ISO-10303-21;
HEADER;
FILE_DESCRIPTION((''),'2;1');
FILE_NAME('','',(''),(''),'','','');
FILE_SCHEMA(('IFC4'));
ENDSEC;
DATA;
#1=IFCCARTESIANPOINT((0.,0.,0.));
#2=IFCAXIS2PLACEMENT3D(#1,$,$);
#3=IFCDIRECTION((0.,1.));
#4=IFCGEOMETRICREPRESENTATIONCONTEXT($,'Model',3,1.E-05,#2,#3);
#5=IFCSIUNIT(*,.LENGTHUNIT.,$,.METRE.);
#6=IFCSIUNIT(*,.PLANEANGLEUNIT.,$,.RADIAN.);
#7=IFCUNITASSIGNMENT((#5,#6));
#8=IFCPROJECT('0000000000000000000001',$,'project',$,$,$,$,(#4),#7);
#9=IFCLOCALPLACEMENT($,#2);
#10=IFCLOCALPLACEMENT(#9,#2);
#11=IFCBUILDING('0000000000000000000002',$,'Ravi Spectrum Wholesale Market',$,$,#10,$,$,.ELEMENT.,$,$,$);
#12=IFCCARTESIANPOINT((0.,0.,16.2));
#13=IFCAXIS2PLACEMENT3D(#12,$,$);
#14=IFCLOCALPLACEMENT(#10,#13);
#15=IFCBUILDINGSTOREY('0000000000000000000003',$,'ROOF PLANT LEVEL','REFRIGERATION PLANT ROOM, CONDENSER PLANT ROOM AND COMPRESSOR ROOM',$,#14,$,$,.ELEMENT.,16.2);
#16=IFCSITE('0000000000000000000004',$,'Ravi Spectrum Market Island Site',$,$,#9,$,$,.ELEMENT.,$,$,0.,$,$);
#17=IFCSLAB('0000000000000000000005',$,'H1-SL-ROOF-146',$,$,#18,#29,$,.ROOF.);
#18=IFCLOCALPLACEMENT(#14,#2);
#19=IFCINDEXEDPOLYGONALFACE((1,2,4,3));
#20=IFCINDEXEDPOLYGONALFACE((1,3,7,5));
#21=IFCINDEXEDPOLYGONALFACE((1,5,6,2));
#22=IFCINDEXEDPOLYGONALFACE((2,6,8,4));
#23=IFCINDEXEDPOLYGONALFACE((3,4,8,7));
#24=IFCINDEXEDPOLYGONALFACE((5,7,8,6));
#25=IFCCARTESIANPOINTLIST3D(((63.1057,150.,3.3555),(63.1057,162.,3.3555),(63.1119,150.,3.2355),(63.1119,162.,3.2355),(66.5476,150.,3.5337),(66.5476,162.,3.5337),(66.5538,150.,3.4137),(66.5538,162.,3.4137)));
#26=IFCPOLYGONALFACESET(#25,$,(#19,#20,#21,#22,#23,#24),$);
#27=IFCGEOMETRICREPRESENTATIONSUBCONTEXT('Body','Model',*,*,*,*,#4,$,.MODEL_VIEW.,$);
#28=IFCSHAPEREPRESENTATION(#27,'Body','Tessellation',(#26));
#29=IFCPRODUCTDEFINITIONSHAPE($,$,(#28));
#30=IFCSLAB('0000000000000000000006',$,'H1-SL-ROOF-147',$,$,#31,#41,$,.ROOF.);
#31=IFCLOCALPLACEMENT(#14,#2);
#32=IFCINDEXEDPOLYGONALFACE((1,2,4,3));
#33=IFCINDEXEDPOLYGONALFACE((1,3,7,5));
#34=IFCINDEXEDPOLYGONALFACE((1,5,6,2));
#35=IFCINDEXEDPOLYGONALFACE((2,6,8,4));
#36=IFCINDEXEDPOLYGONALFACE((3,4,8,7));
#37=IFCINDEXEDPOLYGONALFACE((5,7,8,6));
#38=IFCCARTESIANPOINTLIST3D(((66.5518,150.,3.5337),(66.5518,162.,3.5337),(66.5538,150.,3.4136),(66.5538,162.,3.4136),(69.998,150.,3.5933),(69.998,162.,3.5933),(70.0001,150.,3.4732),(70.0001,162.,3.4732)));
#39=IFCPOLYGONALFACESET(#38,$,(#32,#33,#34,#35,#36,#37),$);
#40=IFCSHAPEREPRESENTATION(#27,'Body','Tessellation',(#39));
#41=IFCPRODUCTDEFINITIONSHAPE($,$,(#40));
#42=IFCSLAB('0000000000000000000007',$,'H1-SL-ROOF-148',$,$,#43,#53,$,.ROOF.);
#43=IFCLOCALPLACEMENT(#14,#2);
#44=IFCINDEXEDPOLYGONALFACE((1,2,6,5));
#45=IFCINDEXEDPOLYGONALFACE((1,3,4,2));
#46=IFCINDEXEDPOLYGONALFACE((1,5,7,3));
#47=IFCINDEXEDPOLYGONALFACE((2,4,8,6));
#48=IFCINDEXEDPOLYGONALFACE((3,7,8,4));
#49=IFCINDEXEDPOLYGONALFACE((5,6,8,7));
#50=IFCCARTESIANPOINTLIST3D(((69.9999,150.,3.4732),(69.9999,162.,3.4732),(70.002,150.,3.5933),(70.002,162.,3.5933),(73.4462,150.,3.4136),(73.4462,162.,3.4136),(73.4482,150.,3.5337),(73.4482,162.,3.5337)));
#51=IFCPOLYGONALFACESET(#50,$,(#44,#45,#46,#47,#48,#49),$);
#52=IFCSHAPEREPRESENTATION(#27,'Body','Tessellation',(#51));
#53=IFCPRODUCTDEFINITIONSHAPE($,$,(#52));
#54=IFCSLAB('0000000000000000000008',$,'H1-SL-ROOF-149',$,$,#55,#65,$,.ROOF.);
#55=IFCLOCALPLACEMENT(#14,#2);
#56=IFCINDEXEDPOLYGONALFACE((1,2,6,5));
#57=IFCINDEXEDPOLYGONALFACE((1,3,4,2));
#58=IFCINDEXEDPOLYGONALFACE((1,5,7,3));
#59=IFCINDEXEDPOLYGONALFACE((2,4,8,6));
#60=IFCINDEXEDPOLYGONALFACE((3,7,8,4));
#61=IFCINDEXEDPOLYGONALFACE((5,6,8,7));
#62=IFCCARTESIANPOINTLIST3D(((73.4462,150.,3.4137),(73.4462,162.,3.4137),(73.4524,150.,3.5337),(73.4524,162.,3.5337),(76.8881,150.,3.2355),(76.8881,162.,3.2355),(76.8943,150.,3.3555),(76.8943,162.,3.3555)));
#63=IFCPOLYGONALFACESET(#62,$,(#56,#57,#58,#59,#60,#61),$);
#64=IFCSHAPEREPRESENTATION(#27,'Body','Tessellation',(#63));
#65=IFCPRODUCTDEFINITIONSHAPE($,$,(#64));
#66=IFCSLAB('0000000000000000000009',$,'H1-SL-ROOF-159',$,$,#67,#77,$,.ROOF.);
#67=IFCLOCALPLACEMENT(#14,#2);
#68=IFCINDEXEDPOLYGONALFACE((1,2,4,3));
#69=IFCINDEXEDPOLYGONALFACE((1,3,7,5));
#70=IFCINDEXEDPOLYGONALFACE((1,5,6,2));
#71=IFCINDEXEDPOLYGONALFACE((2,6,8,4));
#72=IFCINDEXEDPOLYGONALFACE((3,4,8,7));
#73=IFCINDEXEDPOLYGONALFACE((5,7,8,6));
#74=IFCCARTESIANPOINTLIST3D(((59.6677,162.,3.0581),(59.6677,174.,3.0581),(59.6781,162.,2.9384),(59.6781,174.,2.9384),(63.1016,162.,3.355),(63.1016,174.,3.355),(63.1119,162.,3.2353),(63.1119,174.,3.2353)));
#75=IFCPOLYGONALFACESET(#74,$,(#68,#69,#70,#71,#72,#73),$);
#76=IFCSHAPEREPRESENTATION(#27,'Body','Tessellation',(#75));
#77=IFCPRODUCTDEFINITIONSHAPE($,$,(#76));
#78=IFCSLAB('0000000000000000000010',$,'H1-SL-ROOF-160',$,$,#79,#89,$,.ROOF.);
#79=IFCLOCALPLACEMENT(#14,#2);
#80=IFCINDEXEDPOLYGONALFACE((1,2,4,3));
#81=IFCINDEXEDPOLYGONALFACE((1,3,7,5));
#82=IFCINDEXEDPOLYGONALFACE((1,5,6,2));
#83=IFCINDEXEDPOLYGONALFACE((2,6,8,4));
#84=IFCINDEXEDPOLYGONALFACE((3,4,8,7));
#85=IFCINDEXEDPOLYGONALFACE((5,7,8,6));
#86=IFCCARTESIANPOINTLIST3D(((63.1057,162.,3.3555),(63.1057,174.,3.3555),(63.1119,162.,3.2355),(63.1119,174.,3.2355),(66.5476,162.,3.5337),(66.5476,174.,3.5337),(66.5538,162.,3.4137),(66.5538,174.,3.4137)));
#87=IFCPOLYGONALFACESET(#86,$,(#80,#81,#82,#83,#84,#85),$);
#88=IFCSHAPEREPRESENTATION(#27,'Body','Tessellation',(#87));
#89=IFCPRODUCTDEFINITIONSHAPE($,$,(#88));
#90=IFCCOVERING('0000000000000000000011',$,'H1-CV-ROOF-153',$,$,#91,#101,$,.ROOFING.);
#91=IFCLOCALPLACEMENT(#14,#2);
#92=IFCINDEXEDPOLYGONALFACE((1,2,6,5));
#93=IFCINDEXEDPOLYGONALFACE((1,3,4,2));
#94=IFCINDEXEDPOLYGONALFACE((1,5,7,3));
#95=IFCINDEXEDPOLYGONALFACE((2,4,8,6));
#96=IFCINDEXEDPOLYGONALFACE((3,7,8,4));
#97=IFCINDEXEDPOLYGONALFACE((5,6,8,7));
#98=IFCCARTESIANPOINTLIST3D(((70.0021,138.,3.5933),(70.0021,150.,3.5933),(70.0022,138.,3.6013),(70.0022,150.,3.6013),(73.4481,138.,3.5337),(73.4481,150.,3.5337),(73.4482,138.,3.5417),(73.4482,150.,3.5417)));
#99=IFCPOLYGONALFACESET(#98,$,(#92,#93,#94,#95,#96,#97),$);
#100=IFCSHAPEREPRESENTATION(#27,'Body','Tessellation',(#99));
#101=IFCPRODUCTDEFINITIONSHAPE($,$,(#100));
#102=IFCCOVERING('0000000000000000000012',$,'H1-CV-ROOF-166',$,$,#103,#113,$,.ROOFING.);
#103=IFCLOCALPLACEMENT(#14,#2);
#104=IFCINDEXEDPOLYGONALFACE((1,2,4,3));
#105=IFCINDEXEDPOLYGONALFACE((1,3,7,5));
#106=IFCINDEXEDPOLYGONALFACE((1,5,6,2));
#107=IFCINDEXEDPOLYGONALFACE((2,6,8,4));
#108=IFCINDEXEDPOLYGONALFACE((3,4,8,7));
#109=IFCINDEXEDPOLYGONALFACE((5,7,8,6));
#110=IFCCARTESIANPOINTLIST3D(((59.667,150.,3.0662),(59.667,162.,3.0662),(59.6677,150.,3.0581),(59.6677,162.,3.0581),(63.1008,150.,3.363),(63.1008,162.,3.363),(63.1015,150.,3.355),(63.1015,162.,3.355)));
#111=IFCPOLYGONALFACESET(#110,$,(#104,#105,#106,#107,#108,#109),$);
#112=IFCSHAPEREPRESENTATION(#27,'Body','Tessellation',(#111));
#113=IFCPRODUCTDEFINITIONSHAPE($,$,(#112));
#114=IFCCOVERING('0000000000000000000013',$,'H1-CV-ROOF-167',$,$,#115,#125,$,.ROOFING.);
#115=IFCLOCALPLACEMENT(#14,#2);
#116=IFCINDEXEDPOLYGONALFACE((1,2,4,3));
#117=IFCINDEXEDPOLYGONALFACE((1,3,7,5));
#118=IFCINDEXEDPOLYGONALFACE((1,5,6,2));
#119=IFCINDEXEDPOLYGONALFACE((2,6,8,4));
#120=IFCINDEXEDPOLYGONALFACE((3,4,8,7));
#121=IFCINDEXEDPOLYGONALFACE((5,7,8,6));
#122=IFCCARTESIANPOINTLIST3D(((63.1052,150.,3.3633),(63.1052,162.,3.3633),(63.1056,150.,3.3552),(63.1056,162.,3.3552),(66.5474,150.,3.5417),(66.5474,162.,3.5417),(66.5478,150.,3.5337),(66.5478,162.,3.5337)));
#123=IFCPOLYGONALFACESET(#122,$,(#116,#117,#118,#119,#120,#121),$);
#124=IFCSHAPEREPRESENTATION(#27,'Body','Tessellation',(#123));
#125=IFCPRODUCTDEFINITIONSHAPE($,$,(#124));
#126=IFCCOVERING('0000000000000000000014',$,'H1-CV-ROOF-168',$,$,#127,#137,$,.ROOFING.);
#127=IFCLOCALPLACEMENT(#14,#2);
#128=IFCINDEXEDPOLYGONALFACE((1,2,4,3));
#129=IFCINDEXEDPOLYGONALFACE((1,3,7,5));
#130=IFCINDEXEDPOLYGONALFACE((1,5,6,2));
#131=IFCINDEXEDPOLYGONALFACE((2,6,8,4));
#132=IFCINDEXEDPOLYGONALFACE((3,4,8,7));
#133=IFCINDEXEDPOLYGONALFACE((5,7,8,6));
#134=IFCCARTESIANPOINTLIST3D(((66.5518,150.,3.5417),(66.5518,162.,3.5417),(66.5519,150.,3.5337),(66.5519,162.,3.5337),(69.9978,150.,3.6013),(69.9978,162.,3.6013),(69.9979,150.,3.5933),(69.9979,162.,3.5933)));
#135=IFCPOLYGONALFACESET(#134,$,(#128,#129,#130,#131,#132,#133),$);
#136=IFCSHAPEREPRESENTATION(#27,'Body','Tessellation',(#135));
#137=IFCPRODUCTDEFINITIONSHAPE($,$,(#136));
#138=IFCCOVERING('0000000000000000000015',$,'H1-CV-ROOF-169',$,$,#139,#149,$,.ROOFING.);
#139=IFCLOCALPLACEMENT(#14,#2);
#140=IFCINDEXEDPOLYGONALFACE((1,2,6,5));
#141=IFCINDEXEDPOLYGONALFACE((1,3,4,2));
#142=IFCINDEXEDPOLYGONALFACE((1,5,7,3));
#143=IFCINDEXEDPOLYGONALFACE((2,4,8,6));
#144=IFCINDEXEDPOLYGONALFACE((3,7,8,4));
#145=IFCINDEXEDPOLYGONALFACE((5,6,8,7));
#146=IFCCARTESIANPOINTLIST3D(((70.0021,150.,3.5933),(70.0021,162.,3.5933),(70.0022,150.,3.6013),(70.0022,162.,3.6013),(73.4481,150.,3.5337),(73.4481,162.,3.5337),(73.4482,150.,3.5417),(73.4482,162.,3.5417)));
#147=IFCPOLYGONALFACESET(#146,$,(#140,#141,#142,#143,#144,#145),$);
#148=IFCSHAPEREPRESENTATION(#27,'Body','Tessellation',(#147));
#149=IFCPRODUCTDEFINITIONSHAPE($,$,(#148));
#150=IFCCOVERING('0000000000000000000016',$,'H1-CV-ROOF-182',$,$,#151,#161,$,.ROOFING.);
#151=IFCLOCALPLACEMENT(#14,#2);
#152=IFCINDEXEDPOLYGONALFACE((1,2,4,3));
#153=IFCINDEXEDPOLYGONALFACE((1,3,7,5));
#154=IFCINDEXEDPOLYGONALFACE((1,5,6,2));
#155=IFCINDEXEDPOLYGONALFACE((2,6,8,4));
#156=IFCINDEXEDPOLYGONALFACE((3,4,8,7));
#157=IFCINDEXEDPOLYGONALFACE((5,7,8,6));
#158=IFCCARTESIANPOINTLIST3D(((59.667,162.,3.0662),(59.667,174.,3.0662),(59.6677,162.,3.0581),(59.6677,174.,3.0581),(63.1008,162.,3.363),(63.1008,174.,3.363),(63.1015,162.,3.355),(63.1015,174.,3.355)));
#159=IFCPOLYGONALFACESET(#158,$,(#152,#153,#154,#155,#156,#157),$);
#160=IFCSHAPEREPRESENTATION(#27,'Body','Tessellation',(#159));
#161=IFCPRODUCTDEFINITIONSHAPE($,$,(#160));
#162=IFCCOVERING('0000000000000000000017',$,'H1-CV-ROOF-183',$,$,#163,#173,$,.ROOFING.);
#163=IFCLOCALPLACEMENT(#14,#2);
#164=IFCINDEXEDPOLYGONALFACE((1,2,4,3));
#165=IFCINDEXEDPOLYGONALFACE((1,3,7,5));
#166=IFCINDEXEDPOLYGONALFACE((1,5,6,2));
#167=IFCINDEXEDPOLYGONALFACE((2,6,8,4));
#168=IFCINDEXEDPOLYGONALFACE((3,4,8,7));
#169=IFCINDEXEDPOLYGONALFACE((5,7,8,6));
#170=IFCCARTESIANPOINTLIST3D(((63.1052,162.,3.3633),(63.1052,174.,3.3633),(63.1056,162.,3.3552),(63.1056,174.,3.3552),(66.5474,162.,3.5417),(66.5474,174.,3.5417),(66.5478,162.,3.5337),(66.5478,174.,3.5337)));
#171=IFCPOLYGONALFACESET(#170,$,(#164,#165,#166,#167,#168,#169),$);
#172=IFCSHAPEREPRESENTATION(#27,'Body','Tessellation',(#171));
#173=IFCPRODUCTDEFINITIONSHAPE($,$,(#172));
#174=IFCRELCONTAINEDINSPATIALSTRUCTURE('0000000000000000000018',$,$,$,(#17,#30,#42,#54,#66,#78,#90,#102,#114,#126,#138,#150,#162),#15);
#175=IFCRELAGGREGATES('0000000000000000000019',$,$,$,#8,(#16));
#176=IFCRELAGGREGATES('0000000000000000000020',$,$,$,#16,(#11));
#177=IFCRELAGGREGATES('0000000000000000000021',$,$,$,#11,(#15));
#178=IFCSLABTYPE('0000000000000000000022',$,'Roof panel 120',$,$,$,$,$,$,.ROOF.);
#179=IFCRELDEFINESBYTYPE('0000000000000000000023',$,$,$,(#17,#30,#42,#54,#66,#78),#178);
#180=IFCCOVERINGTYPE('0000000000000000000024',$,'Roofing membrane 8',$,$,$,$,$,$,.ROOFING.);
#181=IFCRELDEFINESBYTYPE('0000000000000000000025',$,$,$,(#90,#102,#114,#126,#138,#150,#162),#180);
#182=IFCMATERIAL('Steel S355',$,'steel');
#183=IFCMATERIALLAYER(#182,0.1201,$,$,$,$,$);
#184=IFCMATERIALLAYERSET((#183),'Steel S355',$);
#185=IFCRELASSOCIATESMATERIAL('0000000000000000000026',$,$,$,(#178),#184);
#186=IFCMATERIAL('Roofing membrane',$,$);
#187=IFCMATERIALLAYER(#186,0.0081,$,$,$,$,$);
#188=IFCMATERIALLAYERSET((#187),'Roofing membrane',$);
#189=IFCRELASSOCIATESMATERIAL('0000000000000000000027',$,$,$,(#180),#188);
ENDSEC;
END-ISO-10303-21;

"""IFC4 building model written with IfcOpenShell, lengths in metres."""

from ifc_helpers import new_model, si_unit, direction, frame, origin, place, context, subcontext, project, spatial, polyline, outline, extrude, material, layer, layer_set, type_object, element, save


model = new_model("IFC4")

# Units and contexts
model_context = context("Model", 3, precision=1e-05, world=origin(), true_north=direction((0.0, 1.0)))
body_context = subcontext(model_context, "Body", "Model", "MODEL_VIEW")
ifc_project = project(units=[si_unit("LENGTHUNIT", "METRE"), si_unit("PLANEANGLEUNIT", "RADIAN")], contexts=[model_context])

# Site, building, storey
site_placement = place(None, origin())
site = spatial("IfcSite", under=ifc_project, at=site_placement, Name="Ravi Spectrum Market Island Site", CompositionType="ELEMENT", RefElevation=0.0)
building_placement = place(site_placement, origin())
building = spatial("IfcBuilding", under=site, at=building_placement, Name="Ravi Spectrum Wholesale Market", CompositionType="ELEMENT")
storey_placement = place(building_placement, frame((0.0, 0.0, 16.2)))
storey = spatial("IfcBuildingStorey", under=building, at=storey_placement, Name="ROOF PLANT LEVEL", Description="REFRIGERATION PLANT ROOM, CONDENSER PLANT ROOM AND COMPRESSOR ROOM", CompositionType="ELEMENT", Elevation=16.2)

# Slabs
ifc_material_1 = material(Name="Steel S355", Category="steel")
ifc_layer_1 = layer(ifc_material_1, 0.1201)
ifc_layer_set_1 = layer_set([ifc_layer_1], Name="Steel S355")
slab_type = type_object("IfcSlabType", Name="Roof panel 120", PredefinedType="ROOF", material=ifc_layer_set_1)
slab_1_placement = place(storey_placement, frame((63.1057, 150.0, 3.3555), z_axis=(-0.051711, 0.0, 0.998662), x_axis=(0.998662, 0.0, 0.051711)))
element("IfcSlab", 1, at=slab_1_placement, inside=storey, type_object=slab_type, Name="H1-SL-ROOF-146", PredefinedType="ROOF", context=body_context, shape_type="SweptSolid", body=[
    extrude(outline(polyline([(0.0, 0.0), (3.4465, 0.0), (3.4465, 12.0), (0.0, 12.0), (0.0, 0.0)])), origin(), (0.0, 0.0, -1.0), 0.1201),
])
for number, where, z_axis, x_axis, name in (
    (2, (66.5518, 150.0, 3.5337), (-0.017283, 0.0, 0.999851), (0.999851, 0.0, 0.017283), "H1-SL-ROOF-147"),
    (3, (70.002, 150.0, 3.5933), (0.017283, 0.0, 0.999851), (0.999851, 0.0, -0.017283), "H1-SL-ROOF-148"),
):
    element("IfcSlab", number, at=place(storey_placement, frame(where, z_axis=z_axis, x_axis=x_axis)), inside=storey, type_object=slab_type, Name=name, PredefinedType="ROOF", context=body_context, shape_type="SweptSolid", body=[
        extrude(outline(polyline([(0.0, 0.0), (3.4468, 0.0), (3.4468, 12.0), (0.0, 12.0), (0.0, 0.0)])), origin(), (0.0, 0.0, -1.0), 0.1201),
    ])
slab_2_placement = place(storey_placement, frame((73.4524, 150.0, 3.5337), z_axis=(0.051711, 0.0, 0.998662), x_axis=(0.998662, 0.0, -0.051711)))
element("IfcSlab", 4, at=slab_2_placement, inside=storey, type_object=slab_type, Name="H1-SL-ROOF-149", PredefinedType="ROOF", context=body_context, shape_type="SweptSolid", body=[
    extrude(outline(polyline([(0.0, 0.0), (3.4465, 0.0), (3.4465, 12.0), (0.0, 12.0), (0.0, 0.0)])), origin(), (0.0, 0.0, -1.0), 0.1201),
])
slab_3_placement = place(storey_placement, frame((59.6677, 162.0, 3.0581), z_axis=(-0.086134, 0.0, 0.996284), x_axis=(0.996284, 0.0, 0.086134)))
element("IfcSlab", 5, at=slab_3_placement, inside=storey, type_object=slab_type, Name="H1-SL-ROOF-159", PredefinedType="ROOF", context=body_context, shape_type="SweptSolid", body=[
    extrude(outline(polyline([(0.0, 0.0), (3.4466, 0.0), (3.4466, 12.0), (0.0, 12.0), (0.0, 0.0)])), origin(), (0.0, 0.0, -1.0), 0.1201),
])
slab_4_placement = place(storey_placement, frame((63.1057, 162.0, 3.3555), z_axis=(-0.051711, 0.0, 0.998662), x_axis=(0.998662, 0.0, 0.051711)))
element("IfcSlab", 6, at=slab_4_placement, inside=storey, type_object=slab_type, Name="H1-SL-ROOF-160", PredefinedType="ROOF", context=body_context, shape_type="SweptSolid", body=[
    extrude(outline(polyline([(0.0, 0.0), (3.4465, 0.0), (3.4465, 12.0), (0.0, 12.0), (0.0, 0.0)])), origin(), (0.0, 0.0, -1.0), 0.1201),
])

# Coverings
ifc_material_2 = material(Name="Roofing membrane")
ifc_layer_2 = layer(ifc_material_2, 0.0081)
ifc_layer_set_2 = layer_set([ifc_layer_2], Name="Roofing membrane")
covering_type = type_object("IfcCoveringType", Name="Roofing membrane 8", PredefinedType="ROOFING", material=ifc_layer_set_2)
covering_1_placement = place(storey_placement, frame((70.0022, 138.0, 3.6013), z_axis=(0.017284, 0.0, 0.999851), x_axis=(0.999851, 0.0, -0.017284)))
element("IfcCovering", 7, at=covering_1_placement, inside=storey, type_object=covering_type, Name="H1-CV-ROOF-153", PredefinedType="ROOFING", context=body_context, shape_type="SweptSolid", body=[
    extrude(outline(polyline([(0.0, 0.0), (3.4466, 0.0), (3.4466, 12.0), (0.0, 12.0), (0.0, 0.0)])), origin(), (0.0, 0.0, -1.0), 0.0081),
])
covering_2_placement = place(storey_placement, frame((59.667, 150.0, 3.0662), z_axis=(-0.086134, 0.0, 0.996284), x_axis=(0.996284, 0.0, 0.086134)))
element("IfcCovering", 8, at=covering_2_placement, inside=storey, type_object=covering_type, Name="H1-CV-ROOF-166", PredefinedType="ROOFING", context=body_context, shape_type="SweptSolid", body=[
    extrude(outline(polyline([(0.0, 0.0), (3.4466, 0.0), (3.4466, 12.0), (0.0, 12.0), (0.0, 0.0)])), origin(), (0.0, 0.0, -1.0), 0.0081),
])
covering_3_placement = place(storey_placement, frame((63.1052, 150.0, 3.3633), z_axis=(-0.051778, 0.0, 0.998659), x_axis=(0.998659, 0.0, 0.051778)))
element("IfcCovering", 9, at=covering_3_placement, inside=storey, type_object=covering_type, Name="H1-CV-ROOF-167", PredefinedType="ROOFING", context=body_context, shape_type="SweptSolid", body=[
    extrude(outline(polyline([(0.0, 0.0), (3.4468, 0.0), (3.4468, 12.0), (0.0, 12.0), (0.0, 0.0)])), origin(), (0.0, 0.0, -1.0), 0.0081),
])
for number, where, z_axis, x_axis, name in (
    (10, (66.5518, 150.0, 3.5417), (-0.017284, 0.0, 0.999851), (0.999851, 0.0, 0.017284), "H1-CV-ROOF-168"),
    (11, (70.0022, 150.0, 3.6013), (0.017284, 0.0, 0.999851), (0.999851, 0.0, -0.017284), "H1-CV-ROOF-169"),
):
    element("IfcCovering", number, at=place(storey_placement, frame(where, z_axis=z_axis, x_axis=x_axis)), inside=storey, type_object=covering_type, Name=name, PredefinedType="ROOFING", context=body_context, shape_type="SweptSolid", body=[
        extrude(outline(polyline([(0.0, 0.0), (3.4466, 0.0), (3.4466, 12.0), (0.0, 12.0), (0.0, 0.0)])), origin(), (0.0, 0.0, -1.0), 0.0081),
    ])
covering_4_placement = place(storey_placement, frame((59.667, 162.0, 3.0662), z_axis=(-0.086134, 0.0, 0.996284), x_axis=(0.996284, 0.0, 0.086134)))
element("IfcCovering", 12, at=covering_4_placement, inside=storey, type_object=covering_type, Name="H1-CV-ROOF-182", PredefinedType="ROOFING", context=body_context, shape_type="SweptSolid", body=[
    extrude(outline(polyline([(0.0, 0.0), (3.4466, 0.0), (3.4466, 12.0), (0.0, 12.0), (0.0, 0.0)])), origin(), (0.0, 0.0, -1.0), 0.0081),
])
covering_5_placement = place(storey_placement, frame((63.1052, 162.0, 3.3633), z_axis=(-0.051778, 0.0, 0.998659), x_axis=(0.998659, 0.0, 0.051778)))
element("IfcCovering", 13, at=covering_5_placement, inside=storey, type_object=covering_type, Name="H1-CV-ROOF-183", PredefinedType="ROOFING", context=body_context, shape_type="SweptSolid", body=[
    extrude(outline(polyline([(0.0, 0.0), (3.4468, 0.0), (3.4468, 12.0), (0.0, 12.0), (0.0, 0.0)])), origin(), (0.0, 0.0, -1.0), 0.0081),
])

save(model, "model.ifc")
